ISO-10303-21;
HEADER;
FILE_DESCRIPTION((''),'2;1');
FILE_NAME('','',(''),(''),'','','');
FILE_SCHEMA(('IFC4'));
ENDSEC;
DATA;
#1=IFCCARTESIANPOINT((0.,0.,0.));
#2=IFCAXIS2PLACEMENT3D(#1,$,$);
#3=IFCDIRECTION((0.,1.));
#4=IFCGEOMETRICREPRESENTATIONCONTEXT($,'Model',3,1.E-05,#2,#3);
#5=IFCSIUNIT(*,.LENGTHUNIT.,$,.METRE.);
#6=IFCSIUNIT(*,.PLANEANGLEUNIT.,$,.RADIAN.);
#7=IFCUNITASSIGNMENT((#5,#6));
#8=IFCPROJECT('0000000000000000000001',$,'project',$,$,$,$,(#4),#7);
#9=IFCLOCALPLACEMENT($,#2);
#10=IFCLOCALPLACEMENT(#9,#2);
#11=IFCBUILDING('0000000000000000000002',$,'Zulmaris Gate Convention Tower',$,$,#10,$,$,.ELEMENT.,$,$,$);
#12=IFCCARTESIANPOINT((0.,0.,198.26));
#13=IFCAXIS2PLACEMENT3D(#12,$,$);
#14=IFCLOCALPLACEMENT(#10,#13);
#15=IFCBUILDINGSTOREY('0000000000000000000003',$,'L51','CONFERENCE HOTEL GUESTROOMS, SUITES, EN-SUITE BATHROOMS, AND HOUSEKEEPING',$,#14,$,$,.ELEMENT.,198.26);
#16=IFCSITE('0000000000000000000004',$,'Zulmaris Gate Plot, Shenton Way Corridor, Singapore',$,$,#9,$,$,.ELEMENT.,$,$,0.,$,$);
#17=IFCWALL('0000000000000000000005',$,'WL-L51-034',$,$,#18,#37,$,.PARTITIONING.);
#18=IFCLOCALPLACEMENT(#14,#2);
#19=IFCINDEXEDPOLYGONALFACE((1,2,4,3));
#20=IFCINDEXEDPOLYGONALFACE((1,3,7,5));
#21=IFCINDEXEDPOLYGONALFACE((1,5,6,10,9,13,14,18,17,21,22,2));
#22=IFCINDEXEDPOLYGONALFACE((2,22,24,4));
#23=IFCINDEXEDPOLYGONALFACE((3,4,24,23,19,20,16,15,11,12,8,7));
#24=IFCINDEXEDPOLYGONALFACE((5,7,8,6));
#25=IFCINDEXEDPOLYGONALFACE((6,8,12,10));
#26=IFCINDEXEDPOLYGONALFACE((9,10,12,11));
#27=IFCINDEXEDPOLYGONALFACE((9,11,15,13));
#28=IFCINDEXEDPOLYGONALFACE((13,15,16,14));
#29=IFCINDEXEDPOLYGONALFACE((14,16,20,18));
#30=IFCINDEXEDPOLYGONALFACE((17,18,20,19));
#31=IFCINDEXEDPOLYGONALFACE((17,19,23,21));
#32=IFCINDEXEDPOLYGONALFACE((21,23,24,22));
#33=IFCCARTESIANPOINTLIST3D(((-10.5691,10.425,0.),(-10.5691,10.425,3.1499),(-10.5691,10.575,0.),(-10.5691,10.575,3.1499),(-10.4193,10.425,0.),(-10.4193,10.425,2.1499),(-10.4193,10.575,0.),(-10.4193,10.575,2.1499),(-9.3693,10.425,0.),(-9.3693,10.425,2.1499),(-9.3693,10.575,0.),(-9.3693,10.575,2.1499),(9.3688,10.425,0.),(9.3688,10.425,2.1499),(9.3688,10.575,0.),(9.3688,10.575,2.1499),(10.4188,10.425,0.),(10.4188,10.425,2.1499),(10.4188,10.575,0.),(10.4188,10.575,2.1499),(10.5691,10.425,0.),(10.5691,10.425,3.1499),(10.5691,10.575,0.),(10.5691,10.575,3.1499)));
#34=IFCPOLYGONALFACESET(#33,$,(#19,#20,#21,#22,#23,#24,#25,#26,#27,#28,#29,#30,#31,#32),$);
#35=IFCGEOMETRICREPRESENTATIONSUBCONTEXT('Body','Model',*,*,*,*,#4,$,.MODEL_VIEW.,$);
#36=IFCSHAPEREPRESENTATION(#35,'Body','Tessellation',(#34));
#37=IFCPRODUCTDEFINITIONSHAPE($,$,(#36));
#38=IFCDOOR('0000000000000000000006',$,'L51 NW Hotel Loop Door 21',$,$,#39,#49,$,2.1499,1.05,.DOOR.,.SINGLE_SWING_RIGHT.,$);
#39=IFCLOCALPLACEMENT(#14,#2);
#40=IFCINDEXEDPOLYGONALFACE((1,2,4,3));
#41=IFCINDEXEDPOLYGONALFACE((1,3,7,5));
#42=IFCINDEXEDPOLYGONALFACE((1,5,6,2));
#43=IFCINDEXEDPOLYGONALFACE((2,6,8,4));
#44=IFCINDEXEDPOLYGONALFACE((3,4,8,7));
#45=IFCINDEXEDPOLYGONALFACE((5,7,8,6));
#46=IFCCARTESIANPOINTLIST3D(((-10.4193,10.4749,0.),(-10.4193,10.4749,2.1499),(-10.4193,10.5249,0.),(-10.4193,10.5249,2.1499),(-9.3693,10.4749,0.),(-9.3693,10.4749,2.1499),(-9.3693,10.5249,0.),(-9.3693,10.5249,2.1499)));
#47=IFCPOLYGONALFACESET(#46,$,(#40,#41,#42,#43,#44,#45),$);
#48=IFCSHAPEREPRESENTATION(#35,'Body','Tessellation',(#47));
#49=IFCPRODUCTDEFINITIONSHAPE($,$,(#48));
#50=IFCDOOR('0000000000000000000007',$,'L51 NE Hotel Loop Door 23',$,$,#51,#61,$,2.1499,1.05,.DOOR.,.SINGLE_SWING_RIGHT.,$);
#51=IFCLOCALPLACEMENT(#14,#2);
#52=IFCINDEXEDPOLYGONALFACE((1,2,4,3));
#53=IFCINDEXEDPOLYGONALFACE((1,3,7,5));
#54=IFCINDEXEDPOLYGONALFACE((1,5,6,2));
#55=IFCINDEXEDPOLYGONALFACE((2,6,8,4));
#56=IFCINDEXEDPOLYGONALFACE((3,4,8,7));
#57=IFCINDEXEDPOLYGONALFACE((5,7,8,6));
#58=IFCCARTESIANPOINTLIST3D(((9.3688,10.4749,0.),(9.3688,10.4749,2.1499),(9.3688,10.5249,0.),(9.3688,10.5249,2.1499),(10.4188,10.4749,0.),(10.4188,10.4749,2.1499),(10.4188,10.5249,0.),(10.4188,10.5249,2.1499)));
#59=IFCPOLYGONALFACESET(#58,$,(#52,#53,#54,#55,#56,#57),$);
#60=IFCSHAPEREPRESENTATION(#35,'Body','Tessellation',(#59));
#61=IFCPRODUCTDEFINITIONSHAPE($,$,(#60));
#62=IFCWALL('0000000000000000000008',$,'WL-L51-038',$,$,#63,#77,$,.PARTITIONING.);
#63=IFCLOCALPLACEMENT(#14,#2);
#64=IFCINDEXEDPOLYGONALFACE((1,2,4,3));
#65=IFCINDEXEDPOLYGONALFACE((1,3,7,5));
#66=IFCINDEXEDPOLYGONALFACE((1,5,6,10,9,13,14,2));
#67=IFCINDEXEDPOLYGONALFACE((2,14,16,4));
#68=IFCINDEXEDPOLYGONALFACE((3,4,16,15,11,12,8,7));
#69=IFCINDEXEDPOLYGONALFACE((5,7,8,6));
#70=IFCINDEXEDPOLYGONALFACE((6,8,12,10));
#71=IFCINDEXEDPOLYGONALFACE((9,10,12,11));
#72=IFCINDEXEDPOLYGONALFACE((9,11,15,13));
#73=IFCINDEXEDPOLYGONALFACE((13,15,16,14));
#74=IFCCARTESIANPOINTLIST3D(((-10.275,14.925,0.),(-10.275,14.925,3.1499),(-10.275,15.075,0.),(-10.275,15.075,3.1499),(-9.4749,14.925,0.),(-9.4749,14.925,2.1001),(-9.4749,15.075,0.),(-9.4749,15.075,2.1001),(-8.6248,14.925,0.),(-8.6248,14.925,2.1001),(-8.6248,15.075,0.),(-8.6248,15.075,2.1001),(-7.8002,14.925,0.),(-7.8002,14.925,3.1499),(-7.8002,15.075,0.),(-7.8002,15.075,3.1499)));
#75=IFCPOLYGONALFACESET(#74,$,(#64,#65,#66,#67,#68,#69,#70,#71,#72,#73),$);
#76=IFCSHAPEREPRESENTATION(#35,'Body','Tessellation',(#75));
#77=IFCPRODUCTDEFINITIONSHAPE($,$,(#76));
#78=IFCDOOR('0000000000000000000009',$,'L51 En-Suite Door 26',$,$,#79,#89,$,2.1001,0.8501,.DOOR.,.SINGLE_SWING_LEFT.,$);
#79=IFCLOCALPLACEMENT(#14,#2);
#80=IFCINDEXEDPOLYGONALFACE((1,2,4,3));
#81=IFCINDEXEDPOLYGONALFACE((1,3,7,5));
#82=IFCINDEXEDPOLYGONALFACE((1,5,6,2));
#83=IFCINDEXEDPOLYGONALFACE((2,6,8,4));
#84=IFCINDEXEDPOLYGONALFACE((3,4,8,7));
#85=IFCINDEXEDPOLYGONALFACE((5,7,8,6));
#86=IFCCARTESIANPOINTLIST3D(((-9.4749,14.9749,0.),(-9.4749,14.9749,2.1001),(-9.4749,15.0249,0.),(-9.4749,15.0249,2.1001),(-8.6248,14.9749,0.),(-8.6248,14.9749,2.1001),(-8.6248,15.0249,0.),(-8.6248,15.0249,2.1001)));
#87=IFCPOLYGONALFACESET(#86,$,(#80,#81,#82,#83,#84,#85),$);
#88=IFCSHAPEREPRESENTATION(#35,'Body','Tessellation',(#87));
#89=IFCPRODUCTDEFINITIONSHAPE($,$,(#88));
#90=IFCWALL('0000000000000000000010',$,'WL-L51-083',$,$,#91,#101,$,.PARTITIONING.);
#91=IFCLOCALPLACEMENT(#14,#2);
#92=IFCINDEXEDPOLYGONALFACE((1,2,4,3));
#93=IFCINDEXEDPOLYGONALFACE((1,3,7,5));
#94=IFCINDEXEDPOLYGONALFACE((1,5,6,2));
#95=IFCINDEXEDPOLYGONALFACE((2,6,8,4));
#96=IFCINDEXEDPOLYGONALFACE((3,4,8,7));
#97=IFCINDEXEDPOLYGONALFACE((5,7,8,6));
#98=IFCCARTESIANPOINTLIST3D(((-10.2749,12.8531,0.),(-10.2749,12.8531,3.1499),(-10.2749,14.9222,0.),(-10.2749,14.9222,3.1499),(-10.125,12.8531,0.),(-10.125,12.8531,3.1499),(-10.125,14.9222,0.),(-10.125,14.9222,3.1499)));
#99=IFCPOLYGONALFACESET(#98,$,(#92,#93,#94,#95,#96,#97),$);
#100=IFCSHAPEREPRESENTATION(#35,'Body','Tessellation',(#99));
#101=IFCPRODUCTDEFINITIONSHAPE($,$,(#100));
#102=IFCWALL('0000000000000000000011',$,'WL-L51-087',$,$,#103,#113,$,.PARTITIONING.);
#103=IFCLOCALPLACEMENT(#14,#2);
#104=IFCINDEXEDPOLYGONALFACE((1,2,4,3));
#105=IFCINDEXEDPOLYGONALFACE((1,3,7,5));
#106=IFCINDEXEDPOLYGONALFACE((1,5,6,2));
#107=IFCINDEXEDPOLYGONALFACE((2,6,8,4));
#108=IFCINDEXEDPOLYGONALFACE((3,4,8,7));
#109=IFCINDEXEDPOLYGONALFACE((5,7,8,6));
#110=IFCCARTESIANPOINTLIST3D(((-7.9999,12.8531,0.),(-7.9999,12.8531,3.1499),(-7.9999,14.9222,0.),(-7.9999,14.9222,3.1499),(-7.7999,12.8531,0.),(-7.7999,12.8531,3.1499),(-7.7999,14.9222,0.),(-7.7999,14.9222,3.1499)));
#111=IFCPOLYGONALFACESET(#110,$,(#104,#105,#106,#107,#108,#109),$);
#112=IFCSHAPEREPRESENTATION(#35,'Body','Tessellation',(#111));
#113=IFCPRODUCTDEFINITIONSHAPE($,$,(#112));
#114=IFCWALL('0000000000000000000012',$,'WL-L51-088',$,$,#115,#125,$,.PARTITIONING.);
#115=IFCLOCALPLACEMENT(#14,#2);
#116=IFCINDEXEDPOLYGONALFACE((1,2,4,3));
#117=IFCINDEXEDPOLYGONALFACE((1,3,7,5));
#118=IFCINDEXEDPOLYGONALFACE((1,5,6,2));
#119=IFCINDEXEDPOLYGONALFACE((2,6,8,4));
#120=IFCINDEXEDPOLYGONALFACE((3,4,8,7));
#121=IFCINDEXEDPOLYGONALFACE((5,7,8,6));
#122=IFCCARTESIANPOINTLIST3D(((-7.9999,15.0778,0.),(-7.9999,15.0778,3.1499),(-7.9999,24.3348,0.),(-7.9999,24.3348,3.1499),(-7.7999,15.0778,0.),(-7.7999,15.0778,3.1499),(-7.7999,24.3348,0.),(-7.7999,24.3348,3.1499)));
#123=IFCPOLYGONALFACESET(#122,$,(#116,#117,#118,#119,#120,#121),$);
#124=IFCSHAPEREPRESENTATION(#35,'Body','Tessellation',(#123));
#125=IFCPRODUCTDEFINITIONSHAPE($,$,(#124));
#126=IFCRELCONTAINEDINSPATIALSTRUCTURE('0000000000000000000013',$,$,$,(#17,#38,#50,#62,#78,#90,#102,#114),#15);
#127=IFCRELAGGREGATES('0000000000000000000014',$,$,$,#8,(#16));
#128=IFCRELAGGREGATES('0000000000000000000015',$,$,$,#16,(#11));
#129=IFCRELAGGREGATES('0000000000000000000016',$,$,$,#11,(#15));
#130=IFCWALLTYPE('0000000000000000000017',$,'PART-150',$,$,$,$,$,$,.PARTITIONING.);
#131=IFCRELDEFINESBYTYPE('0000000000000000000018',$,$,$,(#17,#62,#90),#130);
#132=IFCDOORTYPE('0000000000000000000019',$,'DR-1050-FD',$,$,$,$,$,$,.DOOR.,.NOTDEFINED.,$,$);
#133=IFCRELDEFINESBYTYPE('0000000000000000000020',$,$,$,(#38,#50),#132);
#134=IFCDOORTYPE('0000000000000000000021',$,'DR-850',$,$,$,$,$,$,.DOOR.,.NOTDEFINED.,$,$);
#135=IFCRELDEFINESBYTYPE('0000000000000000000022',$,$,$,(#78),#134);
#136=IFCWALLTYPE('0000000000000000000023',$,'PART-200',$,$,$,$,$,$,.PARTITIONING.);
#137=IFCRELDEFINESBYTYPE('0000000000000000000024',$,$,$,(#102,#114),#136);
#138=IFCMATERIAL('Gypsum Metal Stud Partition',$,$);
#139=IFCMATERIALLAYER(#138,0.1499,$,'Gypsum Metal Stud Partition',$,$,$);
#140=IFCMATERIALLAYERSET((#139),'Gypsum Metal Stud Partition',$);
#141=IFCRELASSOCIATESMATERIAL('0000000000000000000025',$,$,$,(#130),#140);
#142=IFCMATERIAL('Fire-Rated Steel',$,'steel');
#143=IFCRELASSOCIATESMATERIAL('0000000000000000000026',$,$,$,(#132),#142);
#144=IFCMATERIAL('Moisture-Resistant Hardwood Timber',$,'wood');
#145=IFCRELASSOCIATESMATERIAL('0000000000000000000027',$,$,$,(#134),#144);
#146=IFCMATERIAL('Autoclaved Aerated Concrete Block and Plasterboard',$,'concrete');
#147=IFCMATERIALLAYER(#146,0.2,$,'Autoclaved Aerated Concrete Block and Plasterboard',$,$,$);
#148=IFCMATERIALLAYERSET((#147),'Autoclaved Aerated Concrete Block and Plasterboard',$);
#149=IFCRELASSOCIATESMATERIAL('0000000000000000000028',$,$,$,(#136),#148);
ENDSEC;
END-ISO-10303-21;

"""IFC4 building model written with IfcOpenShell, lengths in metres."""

from ifc_helpers import new_model, si_unit, direction, frame, frame_2d, origin, place, context, subcontext, project, spatial, rectangle, extrude, material, layer, layer_set, type_object, element, fill, save


model = new_model("IFC4")

# Units and contexts
model_context = context("Model", 3, precision=1e-05, world=origin(), true_north=direction((0.0, 1.0)))
body_context = subcontext(model_context, "Body", "Model", "MODEL_VIEW")
ifc_project = project(units=[si_unit("LENGTHUNIT", "METRE"), si_unit("PLANEANGLEUNIT", "RADIAN")], contexts=[model_context])

# Site, building, storey
site_placement = place(None, origin())
site = spatial("IfcSite", under=ifc_project, at=site_placement, Name="Zulmaris Gate Plot, Shenton Way Corridor, Singapore", CompositionType="ELEMENT", RefElevation=0.0)
building_placement = place(site_placement, origin())
building = spatial("IfcBuilding", under=site, at=building_placement, Name="Zulmaris Gate Convention Tower", CompositionType="ELEMENT")
storey_placement = place(building_placement, frame((0.0, 0.0, 198.26)))
storey = spatial("IfcBuildingStorey", under=building, at=storey_placement, Name="L51", Description="CONFERENCE HOTEL GUESTROOMS, SUITES, EN-SUITE BATHROOMS, AND HOUSEKEEPING", CompositionType="ELEMENT", Elevation=198.26)

# Wall, openings, doors
ifc_material_1 = material(Name="Gypsum Metal Stud Partition")
ifc_layer_1 = layer(ifc_material_1, 0.1499, Name="Gypsum Metal Stud Partition")
ifc_layer_set_1 = layer_set([ifc_layer_1], Name="Gypsum Metal Stud Partition")
wall_type_1 = type_object("IfcWallType", Name="PART-150", PredefinedType="PARTITIONING", material=ifc_layer_set_1)
wall_1_placement = place(storey_placement, frame((-10.5691, 10.5, 0.0), z_axis=(0.0, 0.0, 1.0), x_axis=(1.0, 0.0, 0.0)))
wall_1 = element("IfcWall", 1, at=wall_1_placement, inside=storey, type_object=wall_type_1, Name="WL-L51-034", PredefinedType="PARTITIONING", context=body_context, shape_type="SweptSolid", body=[
    extrude(rectangle(XDim=21.1382, YDim=0.1499, at=frame_2d((10.5691, 0.0))), origin(), (0.0, 0.0, 1.0), 3.1499),
])
opening_1_placement = place(wall_1_placement, frame((0.1499, 0.0, 0.0)))
opening_1 = element("IfcOpeningElement", 2, at=opening_1_placement, cuts=wall_1, PredefinedType="OPENING", context=body_context, shape_type="SweptSolid", body=[
    extrude(rectangle(XDim=1.05, YDim=2.1499, at=frame_2d((0.5249, 1.075))), frame((0.0, 0.085, 0.0), z_axis=(0.0, -1.0, 0.0), x_axis=(1.0, 0.0, 0.0)), (0.0, 0.0, 1.0), 0.1699),
])
opening_2_placement = place(wall_1_placement, frame((19.938, 0.0, 0.0)))
opening_2 = element("IfcOpeningElement", 3, at=opening_2_placement, cuts=wall_1, PredefinedType="OPENING", context=body_context, shape_type="SweptSolid", body=[
    extrude(rectangle(XDim=1.05, YDim=2.1499, at=frame_2d((0.5249, 1.075))), frame((0.0, 0.085, 0.0), z_axis=(0.0, -1.0, 0.0), x_axis=(1.0, 0.0, 0.0)), (0.0, 0.0, 1.0), 0.1699),
])
ifc_material_2 = material(Name="Fire-Rated Steel", Category="steel")
door_type_1 = type_object("IfcDoorType", Name="DR-1050-FD", OperationType="NOTDEFINED", PredefinedType="DOOR", material=ifc_material_2)
door_1_placement = place(opening_1_placement, origin())
door_1 = element("IfcDoor", 4, at=door_1_placement, inside=storey, type_object=door_type_1, Name="L51 NW Hotel Loop Door 21", OperationType="SINGLE_SWING_RIGHT", OverallHeight=2.1499, OverallWidth=1.05, PredefinedType="DOOR", context=body_context, shape_type="SweptSolid", body=[
    extrude(rectangle(XDim=1.05, YDim=2.1499, at=frame_2d((0.5249, 1.075))), frame((0.0, 0.0249, 0.0), z_axis=(0.0, -1.0, 0.0), x_axis=(1.0, 0.0, 0.0)), (0.0, 0.0, 1.0), 0.05),
])
fill(opening_1, door_1)
door_2_placement = place(opening_2_placement, origin())
door_2 = element("IfcDoor", 5, at=door_2_placement, inside=storey, type_object=door_type_1, Name="L51 NE Hotel Loop Door 23", OperationType="SINGLE_SWING_RIGHT", OverallHeight=2.1499, OverallWidth=1.05, PredefinedType="DOOR", context=body_context, shape_type="SweptSolid", body=[
    extrude(rectangle(XDim=1.05, YDim=2.1499, at=frame_2d((0.5249, 1.075))), frame((0.0, 0.0249, 0.0), z_axis=(0.0, -1.0, 0.0), x_axis=(1.0, 0.0, 0.0)), (0.0, 0.0, 1.0), 0.05),
])
fill(opening_2, door_2)

# Wall, opening, door
wall_2_placement = place(storey_placement, frame((-10.2749, 15.0, 0.0), z_axis=(0.0, 0.0, 1.0), x_axis=(1.0, 0.0, 0.0)))
wall_2 = element("IfcWall", 6, at=wall_2_placement, inside=storey, type_object=wall_type_1, Name="WL-L51-038", PredefinedType="PARTITIONING", context=body_context, shape_type="SweptSolid", body=[
    extrude(rectangle(XDim=2.4749, YDim=0.1499, at=frame_2d((1.2373, 0.0))), origin(), (0.0, 0.0, 1.0), 3.1499),
])
opening_3_placement = place(wall_2_placement, frame((0.8, 0.0, 0.0)))
opening_3 = element("IfcOpeningElement", 7, at=opening_3_placement, cuts=wall_2, PredefinedType="OPENING", context=body_context, shape_type="SweptSolid", body=[
    extrude(rectangle(XDim=0.8501, YDim=2.1001, at=frame_2d((0.425, 1.05))), frame((0.0, 0.085, 0.0), z_axis=(0.0, -1.0, 0.0), x_axis=(1.0, 0.0, 0.0)), (0.0, 0.0, 1.0), 0.1699),
])
ifc_material_3 = material(Name="Moisture-Resistant Hardwood Timber", Category="wood")
door_type_2 = type_object("IfcDoorType", Name="DR-850", OperationType="NOTDEFINED", PredefinedType="DOOR", material=ifc_material_3)
door_3_placement = place(opening_3_placement, origin())
door_3 = element("IfcDoor", 8, at=door_3_placement, inside=storey, type_object=door_type_2, Name="L51 En-Suite Door 26", OperationType="SINGLE_SWING_LEFT", OverallHeight=2.1001, OverallWidth=0.8501, PredefinedType="DOOR", context=body_context, shape_type="SweptSolid", body=[
    extrude(rectangle(XDim=0.8501, YDim=2.1001, at=frame_2d((0.425, 1.05))), frame((0.0, 0.0249, 0.0), z_axis=(0.0, -1.0, 0.0), x_axis=(1.0, 0.0, 0.0)), (0.0, 0.0, 1.0), 0.05),
])
fill(opening_3, door_3)

# Walls
wall_3_placement = place(storey_placement, frame((-10.2, 12.853, 0.0), z_axis=(0.0, 0.0, 1.0), x_axis=(0.0, 1.0, 0.0)))
element("IfcWall", 9, at=wall_3_placement, inside=storey, type_object=wall_type_1, Name="WL-L51-083", PredefinedType="PARTITIONING", context=body_context, shape_type="SweptSolid", body=[
    extrude(rectangle(XDim=2.0691, YDim=0.1499, at=frame_2d((1.0347, 0.0))), origin(), (0.0, 0.0, 1.0), 3.1499),
])
ifc_material_4 = material(Name="Autoclaved Aerated Concrete Block and Plasterboard", Category="concrete")
ifc_layer_2 = layer(ifc_material_4, 0.2, Name="Autoclaved Aerated Concrete Block and Plasterboard")
ifc_layer_set_2 = layer_set([ifc_layer_2], Name="Autoclaved Aerated Concrete Block and Plasterboard")
wall_type_2 = type_object("IfcWallType", Name="PART-200", PredefinedType="PARTITIONING", material=ifc_layer_set_2)
wall_4_placement = place(storey_placement, frame((-7.8999, 12.853, 0.0), z_axis=(0.0, 0.0, 1.0), x_axis=(0.0, 1.0, 0.0)))
element("IfcWall", 10, at=wall_4_placement, inside=storey, type_object=wall_type_2, Name="WL-L51-087", PredefinedType="PARTITIONING", context=body_context, shape_type="SweptSolid", body=[
    extrude(rectangle(XDim=2.0691, YDim=0.2, at=frame_2d((1.0347, 0.0))), origin(), (0.0, 0.0, 1.0), 3.1499),
])
wall_5_placement = place(storey_placement, frame((-7.8999, 15.0779, 0.0), z_axis=(0.0, 0.0, 1.0), x_axis=(0.0, 1.0, 0.0)))
element("IfcWall", 11, at=wall_5_placement, inside=storey, type_object=wall_type_2, Name="WL-L51-088", PredefinedType="PARTITIONING", context=body_context, shape_type="SweptSolid", body=[
    extrude(rectangle(XDim=9.2571, YDim=0.2, at=frame_2d((4.6284, 0.0))), origin(), (0.0, 0.0, 1.0), 3.1499),
])

save(model, "model.ifc")
